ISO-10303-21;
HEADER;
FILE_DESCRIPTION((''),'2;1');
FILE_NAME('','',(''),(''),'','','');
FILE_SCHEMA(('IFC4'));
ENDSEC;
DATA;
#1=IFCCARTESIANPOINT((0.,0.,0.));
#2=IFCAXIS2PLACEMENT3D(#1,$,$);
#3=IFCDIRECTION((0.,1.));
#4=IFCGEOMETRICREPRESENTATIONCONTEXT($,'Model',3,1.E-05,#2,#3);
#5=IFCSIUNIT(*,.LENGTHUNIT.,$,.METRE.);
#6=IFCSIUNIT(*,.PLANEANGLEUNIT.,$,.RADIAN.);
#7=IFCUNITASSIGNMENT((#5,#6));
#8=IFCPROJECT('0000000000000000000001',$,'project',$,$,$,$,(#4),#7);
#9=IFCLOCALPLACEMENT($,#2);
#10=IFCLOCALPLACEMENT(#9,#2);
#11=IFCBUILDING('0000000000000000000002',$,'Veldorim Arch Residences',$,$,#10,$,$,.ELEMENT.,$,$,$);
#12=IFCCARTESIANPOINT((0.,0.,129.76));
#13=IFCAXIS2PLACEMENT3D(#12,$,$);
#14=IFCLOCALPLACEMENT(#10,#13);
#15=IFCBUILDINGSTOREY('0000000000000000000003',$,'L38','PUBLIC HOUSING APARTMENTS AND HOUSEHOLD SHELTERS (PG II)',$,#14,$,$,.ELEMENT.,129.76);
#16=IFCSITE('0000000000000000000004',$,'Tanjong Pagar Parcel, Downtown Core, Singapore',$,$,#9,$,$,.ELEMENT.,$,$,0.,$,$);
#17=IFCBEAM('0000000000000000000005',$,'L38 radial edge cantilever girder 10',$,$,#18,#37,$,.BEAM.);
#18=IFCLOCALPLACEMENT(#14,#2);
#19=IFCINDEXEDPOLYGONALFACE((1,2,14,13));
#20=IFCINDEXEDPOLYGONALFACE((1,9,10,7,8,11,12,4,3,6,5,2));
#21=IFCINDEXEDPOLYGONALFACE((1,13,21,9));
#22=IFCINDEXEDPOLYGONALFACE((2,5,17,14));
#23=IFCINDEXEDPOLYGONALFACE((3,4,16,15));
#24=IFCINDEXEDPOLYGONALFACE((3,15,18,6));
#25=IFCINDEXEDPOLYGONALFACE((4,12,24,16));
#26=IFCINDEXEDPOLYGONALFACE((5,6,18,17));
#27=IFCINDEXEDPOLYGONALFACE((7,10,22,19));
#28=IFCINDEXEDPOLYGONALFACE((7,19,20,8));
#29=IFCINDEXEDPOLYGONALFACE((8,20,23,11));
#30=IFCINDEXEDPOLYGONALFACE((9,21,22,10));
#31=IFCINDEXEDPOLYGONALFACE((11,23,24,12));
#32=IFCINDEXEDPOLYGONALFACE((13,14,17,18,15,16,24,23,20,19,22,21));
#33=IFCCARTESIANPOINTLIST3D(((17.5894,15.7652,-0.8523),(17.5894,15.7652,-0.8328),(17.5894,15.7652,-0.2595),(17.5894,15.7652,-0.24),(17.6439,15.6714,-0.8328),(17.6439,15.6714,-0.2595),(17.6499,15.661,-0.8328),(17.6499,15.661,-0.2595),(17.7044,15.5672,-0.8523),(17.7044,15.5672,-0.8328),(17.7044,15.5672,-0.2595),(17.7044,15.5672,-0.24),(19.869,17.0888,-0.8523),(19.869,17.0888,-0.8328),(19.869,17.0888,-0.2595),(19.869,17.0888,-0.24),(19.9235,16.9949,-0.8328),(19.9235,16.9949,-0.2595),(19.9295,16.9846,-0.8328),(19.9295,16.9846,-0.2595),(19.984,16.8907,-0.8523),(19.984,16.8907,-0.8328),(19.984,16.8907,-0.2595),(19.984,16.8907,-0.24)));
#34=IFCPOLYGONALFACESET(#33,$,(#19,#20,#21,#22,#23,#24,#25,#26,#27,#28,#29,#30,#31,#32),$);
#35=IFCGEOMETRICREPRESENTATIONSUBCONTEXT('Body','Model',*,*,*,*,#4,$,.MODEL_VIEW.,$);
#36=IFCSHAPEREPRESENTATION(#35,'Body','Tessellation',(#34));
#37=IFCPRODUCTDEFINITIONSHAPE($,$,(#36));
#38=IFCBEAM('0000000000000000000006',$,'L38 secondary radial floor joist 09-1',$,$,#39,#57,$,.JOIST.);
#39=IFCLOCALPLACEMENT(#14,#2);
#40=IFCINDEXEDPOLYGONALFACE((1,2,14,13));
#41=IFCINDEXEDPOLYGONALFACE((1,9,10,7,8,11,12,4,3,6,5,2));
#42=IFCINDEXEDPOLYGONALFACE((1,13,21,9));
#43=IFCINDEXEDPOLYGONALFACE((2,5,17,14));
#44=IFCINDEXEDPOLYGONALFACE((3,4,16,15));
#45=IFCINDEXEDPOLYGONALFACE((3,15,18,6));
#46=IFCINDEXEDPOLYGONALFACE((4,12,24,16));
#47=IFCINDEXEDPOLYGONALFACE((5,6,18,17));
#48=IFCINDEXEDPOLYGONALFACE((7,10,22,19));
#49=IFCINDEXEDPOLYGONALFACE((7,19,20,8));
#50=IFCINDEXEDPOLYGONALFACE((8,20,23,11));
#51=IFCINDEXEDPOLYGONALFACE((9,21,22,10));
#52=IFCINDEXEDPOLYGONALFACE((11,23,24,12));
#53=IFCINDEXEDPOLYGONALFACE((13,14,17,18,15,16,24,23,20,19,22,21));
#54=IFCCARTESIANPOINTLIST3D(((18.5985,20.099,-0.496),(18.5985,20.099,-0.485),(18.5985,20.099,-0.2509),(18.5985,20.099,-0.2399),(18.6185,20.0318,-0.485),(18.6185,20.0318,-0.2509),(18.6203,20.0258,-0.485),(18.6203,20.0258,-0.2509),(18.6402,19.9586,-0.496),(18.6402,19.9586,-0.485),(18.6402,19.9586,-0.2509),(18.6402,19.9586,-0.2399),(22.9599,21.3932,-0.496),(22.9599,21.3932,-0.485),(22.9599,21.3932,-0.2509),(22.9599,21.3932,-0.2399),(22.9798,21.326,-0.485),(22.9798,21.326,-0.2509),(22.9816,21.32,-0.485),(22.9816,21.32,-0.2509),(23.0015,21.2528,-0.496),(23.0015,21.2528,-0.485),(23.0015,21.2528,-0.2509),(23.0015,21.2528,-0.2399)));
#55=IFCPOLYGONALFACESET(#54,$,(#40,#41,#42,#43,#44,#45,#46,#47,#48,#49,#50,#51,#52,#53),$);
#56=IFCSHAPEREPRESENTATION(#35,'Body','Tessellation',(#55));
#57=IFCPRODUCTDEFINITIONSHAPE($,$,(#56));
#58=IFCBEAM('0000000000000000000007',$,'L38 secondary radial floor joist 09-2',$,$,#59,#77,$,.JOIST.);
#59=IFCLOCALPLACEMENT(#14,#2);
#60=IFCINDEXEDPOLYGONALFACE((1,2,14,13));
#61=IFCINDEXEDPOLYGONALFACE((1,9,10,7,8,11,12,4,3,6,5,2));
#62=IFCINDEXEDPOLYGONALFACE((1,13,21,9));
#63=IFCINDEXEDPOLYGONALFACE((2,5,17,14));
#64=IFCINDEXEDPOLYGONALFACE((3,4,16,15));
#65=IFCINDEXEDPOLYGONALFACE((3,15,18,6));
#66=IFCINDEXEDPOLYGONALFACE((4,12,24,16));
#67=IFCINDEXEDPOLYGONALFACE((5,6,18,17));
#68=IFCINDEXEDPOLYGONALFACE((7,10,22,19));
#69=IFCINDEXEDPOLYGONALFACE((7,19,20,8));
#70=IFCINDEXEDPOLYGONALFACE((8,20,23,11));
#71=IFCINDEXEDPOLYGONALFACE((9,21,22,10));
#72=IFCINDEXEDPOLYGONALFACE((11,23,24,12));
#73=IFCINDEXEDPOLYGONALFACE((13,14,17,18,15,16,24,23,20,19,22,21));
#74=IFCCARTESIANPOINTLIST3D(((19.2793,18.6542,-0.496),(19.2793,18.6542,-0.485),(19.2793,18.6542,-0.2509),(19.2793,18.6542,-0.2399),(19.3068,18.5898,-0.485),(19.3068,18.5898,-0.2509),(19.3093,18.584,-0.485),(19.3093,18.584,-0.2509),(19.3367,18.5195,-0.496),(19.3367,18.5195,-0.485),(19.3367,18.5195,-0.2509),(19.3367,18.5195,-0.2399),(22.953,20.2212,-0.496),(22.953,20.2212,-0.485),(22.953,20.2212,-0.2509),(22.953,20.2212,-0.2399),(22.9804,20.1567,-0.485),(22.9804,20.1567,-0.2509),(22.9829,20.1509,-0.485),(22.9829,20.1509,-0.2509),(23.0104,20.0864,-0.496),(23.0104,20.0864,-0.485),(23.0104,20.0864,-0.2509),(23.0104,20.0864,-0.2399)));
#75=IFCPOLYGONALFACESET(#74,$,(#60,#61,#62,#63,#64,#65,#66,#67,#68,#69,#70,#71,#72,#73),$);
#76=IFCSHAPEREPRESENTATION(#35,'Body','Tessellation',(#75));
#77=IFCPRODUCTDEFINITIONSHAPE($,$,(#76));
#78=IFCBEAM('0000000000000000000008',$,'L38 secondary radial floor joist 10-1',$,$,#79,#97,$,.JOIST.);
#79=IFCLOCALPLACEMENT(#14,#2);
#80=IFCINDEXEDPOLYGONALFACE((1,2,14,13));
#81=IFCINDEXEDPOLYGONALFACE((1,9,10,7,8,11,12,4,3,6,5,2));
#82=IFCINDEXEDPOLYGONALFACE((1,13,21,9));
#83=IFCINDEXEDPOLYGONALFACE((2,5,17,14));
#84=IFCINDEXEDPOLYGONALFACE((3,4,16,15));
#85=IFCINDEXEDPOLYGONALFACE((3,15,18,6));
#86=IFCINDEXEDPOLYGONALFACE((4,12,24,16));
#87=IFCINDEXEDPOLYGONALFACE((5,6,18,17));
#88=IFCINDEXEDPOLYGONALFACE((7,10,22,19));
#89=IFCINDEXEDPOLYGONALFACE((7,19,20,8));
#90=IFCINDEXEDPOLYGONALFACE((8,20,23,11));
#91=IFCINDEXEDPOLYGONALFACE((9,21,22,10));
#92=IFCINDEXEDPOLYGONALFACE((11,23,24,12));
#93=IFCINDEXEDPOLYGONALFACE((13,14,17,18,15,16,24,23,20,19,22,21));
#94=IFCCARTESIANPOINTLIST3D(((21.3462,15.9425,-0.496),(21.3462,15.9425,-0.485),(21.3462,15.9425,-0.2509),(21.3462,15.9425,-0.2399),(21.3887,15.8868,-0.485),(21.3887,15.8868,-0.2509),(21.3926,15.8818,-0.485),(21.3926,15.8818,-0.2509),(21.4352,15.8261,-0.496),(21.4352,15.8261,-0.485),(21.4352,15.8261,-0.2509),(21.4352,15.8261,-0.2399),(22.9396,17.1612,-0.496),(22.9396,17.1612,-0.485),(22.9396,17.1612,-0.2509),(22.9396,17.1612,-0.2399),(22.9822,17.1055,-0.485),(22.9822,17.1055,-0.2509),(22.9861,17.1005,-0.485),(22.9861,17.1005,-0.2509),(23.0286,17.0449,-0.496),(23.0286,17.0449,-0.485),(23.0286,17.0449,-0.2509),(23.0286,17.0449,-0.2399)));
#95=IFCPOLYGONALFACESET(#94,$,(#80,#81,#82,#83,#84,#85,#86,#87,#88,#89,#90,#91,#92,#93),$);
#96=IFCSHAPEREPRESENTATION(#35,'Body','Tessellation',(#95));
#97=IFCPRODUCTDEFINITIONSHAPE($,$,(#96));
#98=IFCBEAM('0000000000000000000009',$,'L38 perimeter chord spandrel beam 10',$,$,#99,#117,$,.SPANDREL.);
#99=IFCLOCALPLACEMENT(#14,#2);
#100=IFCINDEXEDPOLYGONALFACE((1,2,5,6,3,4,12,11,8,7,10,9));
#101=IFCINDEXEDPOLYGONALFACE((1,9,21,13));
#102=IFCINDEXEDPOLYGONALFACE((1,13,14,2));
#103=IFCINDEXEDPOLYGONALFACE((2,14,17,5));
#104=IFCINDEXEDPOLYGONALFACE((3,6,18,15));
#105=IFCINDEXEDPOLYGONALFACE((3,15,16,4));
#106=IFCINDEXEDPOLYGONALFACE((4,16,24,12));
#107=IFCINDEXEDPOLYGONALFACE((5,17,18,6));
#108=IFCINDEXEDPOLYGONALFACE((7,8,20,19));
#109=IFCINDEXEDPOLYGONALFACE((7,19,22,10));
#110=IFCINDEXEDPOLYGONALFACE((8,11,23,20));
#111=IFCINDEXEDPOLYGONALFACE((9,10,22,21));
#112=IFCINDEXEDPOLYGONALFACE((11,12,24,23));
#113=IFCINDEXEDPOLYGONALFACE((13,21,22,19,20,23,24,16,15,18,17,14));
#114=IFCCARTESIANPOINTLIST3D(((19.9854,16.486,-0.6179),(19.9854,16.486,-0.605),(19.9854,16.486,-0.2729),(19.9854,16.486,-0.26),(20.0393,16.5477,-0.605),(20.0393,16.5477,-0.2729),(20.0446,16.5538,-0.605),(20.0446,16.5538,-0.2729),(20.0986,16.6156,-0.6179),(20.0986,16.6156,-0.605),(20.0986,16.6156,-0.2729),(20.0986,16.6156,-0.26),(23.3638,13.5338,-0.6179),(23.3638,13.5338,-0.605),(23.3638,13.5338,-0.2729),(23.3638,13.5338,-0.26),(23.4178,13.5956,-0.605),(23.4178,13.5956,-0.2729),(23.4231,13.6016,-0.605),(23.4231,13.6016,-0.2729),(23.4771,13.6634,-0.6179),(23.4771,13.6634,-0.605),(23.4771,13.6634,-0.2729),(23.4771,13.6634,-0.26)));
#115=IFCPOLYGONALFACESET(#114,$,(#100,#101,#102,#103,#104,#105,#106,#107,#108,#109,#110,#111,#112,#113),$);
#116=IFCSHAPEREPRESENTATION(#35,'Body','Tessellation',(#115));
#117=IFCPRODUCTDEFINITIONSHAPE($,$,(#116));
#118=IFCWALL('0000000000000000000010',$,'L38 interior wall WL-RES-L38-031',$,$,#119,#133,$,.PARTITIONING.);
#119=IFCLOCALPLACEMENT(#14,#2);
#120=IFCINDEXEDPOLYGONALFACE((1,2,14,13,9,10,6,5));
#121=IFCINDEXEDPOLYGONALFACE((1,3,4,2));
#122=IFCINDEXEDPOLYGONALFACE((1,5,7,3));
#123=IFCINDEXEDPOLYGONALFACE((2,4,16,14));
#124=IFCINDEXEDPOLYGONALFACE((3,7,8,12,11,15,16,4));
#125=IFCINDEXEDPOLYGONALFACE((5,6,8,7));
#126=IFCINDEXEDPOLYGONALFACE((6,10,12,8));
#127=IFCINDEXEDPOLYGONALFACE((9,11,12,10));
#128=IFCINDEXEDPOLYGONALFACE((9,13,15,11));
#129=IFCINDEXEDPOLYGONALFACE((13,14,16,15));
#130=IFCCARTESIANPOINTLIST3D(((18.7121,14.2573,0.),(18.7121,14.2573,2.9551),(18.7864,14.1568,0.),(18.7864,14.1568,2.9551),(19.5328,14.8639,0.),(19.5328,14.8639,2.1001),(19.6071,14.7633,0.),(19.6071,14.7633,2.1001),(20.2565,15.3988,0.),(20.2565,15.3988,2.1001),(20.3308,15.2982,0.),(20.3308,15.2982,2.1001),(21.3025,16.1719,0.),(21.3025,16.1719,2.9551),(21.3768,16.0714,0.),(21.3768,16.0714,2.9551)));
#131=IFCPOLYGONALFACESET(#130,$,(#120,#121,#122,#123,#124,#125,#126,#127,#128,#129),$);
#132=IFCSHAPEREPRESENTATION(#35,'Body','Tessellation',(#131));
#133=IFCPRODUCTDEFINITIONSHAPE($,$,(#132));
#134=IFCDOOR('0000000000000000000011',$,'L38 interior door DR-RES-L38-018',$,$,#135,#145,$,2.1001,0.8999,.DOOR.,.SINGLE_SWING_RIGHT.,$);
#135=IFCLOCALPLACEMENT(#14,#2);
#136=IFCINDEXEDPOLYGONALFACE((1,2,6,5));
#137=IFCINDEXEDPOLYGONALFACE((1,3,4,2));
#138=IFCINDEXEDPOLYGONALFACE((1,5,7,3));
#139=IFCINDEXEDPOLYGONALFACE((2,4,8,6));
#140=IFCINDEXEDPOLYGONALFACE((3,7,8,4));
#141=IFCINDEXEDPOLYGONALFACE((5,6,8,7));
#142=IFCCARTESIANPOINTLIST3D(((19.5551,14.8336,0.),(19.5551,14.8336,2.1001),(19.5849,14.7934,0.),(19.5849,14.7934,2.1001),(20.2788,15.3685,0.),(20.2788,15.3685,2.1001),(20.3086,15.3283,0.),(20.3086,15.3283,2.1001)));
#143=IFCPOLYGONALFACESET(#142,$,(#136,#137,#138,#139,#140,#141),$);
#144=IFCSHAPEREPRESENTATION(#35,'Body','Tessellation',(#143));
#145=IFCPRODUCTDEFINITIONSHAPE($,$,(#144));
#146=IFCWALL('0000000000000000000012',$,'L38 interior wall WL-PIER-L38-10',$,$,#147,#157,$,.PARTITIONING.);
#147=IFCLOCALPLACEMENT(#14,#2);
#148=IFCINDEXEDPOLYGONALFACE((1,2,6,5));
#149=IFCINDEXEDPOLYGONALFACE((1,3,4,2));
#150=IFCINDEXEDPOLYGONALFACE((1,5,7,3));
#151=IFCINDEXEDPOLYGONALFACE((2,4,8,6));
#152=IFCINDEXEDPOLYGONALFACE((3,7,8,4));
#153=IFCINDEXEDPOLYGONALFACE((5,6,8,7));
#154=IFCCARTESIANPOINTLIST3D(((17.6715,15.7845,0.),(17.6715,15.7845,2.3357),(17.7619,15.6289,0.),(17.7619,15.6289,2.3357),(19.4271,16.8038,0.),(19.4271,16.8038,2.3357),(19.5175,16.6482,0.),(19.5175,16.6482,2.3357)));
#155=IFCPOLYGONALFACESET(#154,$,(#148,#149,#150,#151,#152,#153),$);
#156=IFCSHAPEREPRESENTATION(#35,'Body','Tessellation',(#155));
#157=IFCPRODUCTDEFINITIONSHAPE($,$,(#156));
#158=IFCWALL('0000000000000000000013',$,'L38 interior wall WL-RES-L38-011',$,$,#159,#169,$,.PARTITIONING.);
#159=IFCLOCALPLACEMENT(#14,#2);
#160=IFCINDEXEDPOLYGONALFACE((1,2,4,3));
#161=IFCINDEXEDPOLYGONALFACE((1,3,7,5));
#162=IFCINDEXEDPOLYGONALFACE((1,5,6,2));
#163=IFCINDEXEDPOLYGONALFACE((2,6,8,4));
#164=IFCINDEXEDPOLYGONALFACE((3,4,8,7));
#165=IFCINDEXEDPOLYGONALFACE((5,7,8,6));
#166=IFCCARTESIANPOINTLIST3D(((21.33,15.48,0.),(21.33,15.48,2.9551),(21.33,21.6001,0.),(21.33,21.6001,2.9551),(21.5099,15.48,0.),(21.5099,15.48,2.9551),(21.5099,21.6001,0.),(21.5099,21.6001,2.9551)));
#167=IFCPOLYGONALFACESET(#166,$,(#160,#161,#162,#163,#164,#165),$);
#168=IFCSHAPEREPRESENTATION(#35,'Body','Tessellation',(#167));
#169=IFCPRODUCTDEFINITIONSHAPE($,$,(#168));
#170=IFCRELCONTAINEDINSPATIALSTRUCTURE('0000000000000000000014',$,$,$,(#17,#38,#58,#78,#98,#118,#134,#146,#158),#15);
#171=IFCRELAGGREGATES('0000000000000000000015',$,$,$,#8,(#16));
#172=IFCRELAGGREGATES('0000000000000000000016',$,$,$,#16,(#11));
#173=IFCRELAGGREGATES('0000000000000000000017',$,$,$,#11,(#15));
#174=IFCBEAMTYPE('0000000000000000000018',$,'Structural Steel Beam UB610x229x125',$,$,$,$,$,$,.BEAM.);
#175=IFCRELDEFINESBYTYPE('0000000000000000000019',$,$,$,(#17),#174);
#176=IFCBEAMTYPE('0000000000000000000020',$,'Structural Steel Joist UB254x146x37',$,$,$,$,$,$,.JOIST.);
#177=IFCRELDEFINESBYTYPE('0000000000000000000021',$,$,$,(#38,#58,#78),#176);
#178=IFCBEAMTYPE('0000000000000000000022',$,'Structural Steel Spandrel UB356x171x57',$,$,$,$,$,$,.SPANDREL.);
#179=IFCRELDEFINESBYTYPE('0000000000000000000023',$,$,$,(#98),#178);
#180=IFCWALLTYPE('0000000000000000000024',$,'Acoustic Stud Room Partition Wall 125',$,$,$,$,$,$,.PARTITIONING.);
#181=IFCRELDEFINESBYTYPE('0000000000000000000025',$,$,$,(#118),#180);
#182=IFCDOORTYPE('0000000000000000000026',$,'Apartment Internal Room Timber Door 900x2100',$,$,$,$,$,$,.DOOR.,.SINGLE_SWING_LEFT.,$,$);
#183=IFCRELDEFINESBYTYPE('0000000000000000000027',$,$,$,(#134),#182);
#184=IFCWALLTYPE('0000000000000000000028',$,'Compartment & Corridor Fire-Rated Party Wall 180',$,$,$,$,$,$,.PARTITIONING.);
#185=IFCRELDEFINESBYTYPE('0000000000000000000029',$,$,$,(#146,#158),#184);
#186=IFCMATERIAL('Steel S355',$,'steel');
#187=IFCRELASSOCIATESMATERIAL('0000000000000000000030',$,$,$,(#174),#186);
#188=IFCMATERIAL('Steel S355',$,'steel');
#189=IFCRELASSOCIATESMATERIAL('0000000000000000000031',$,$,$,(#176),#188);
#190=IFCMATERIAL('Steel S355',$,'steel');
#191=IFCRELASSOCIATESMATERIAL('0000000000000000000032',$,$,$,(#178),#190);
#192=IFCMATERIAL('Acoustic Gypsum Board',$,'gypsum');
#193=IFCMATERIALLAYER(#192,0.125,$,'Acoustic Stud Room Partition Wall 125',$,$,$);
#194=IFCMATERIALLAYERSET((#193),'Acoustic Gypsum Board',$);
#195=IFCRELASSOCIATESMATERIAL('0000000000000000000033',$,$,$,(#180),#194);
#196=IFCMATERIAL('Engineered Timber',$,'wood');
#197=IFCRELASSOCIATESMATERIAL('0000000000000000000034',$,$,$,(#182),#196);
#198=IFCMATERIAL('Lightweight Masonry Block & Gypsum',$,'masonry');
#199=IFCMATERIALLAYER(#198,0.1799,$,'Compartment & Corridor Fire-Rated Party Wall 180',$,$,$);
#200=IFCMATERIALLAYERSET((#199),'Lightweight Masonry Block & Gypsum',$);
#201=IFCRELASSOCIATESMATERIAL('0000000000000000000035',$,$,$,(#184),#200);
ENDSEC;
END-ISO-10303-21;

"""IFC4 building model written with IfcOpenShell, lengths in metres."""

from ifc_helpers import new_model, si_unit, direction, frame, frame_2d, origin, origin_2d, place, context, subcontext, project, spatial, rectangle, i_section, extrude, material, layer, layer_set, material_profile, profile_set, type_object, element, fill, save


model = new_model("IFC4")

# Units and contexts
model_context = context("Model", 3, precision=1e-05, world=origin(), true_north=direction((0.0, 1.0)))
body_context = subcontext(model_context, "Body", "Model", "MODEL_VIEW")
ifc_project = project(units=[si_unit("LENGTHUNIT", "METRE"), si_unit("PLANEANGLEUNIT", "RADIAN")], contexts=[model_context])

# Site, building, storey
site_placement = place(None, origin())
site = spatial("IfcSite", under=ifc_project, at=site_placement, Name="Tanjong Pagar Parcel, Downtown Core, Singapore", CompositionType="ELEMENT", RefElevation=0.0)
building_placement = place(site_placement, origin())
building = spatial("IfcBuilding", under=site, at=building_placement, Name="Veldorim Arch Residences", CompositionType="ELEMENT")
storey_placement = place(building_placement, frame((0.0, 0.0, 129.76)))
storey = spatial("IfcBuildingStorey", under=building, at=storey_placement, Name="L38", Description="PUBLIC HOUSING APARTMENTS AND HOUSEHOLD SHELTERS (PG II)", CompositionType="ELEMENT", Elevation=129.76)

# Beams
ifc_material_1 = material(Name="Steel S355", Category="steel")
ifc_material_profile_1 = material_profile(ifc_material_1, i_section(OverallWidth=0.229, OverallDepth=0.6123, WebThickness=0.012, FlangeThickness=0.0195, at=origin_2d()), Name="UB610x229x125")
ifc_profile_set_1 = profile_set([ifc_material_profile_1], Name="Steel S355")
beam_type_1 = type_object("IfcBeamType", Name="Structural Steel Beam UB610x229x125", PredefinedType="BEAM", material=ifc_profile_set_1)
beam_1_placement = place(storey_placement, frame((19.9265, 16.9897, -0.5461), z_axis=(-0.864808, -0.502102, 0.0), x_axis=(0.502102, -0.864808, 0.0)))
element("IfcBeam", 1, at=beam_1_placement, inside=storey, type_object=beam_type_1, Name="L38 radial edge cantilever girder 10", PredefinedType="BEAM", context=body_context, shape_type="SweptSolid", body=[
    extrude(i_section(OverallWidth=0.229, OverallDepth=0.6123, WebThickness=0.012, FlangeThickness=0.0195, at=origin_2d()), origin(), (0.0, 0.0, 1.0), 2.636),
])
ifc_material_2 = material(Name="Steel S355", Category="steel")
ifc_material_profile_2 = material_profile(ifc_material_2, i_section(OverallWidth=0.1465, OverallDepth=0.2561, WebThickness=0.0063, FlangeThickness=0.011, at=origin_2d()), Name="UB254x146x37")
ifc_profile_set_2 = profile_set([ifc_material_profile_2], Name="Steel S355")
beam_type_2 = type_object("IfcBeamType", Name="Structural Steel Joist UB254x146x37", PredefinedType="JOIST", material=ifc_profile_set_2)
beam_2_placement = place(storey_placement, frame((22.9807, 21.323, -0.3679), z_axis=(-0.958682, -0.284481, 0.0), x_axis=(0.284481, -0.958682, 0.0)))
element("IfcBeam", 2, at=beam_2_placement, inside=storey, type_object=beam_type_2, Name="L38 secondary radial floor joist 09-1", PredefinedType="JOIST", context=body_context, shape_type="SweptSolid", body=[
    extrude(i_section(OverallWidth=0.1465, OverallDepth=0.2561, WebThickness=0.0063, FlangeThickness=0.011, at=origin_2d()), origin(), (0.0, 0.0, 1.0), 4.5493),
])
beam_3_placement = place(storey_placement, frame((22.9817, 20.1538, -0.3679), z_axis=(-0.919823, -0.392332, 0.0), x_axis=(0.392332, -0.919823, 0.0)))
element("IfcBeam", 3, at=beam_3_placement, inside=storey, type_object=beam_type_2, Name="L38 secondary radial floor joist 09-2", PredefinedType="JOIST", context=body_context, shape_type="SweptSolid", body=[
    extrude(i_section(OverallWidth=0.1465, OverallDepth=0.2561, WebThickness=0.0063, FlangeThickness=0.011, at=origin_2d()), origin(), (0.0, 0.0, 1.0), 3.9939),
])
beam_4_placement = place(storey_placement, frame((22.9841, 17.103, -0.3679), z_axis=(-0.794313, -0.607509, 0.0), x_axis=(0.607509, -0.794313, 0.0)))
element("IfcBeam", 4, at=beam_4_placement, inside=storey, type_object=beam_type_2, Name="L38 secondary radial floor joist 10-1", PredefinedType="JOIST", context=body_context, shape_type="SweptSolid", body=[
    extrude(i_section(OverallWidth=0.1465, OverallDepth=0.2561, WebThickness=0.0063, FlangeThickness=0.011, at=origin_2d()), origin(), (0.0, 0.0, 1.0), 2.0061),
])
ifc_material_3 = material(Name="Steel S355", Category="steel")
ifc_material_profile_3 = material_profile(ifc_material_3, i_section(OverallWidth=0.1721, OverallDepth=0.3579, WebThickness=0.0081, FlangeThickness=0.0129, at=origin_2d()), Name="UB356x171x57")
ifc_profile_set_3 = profile_set([ifc_material_profile_3], Name="Steel S355")
beam_type_3 = type_object("IfcBeamType", Name="Structural Steel Spandrel UB356x171x57", PredefinedType="SPANDREL", material=ifc_profile_set_3)
beam_5_placement = place(storey_placement, frame((20.042, 16.5508, -0.439), z_axis=(0.753015, -0.658004, 0.0), x_axis=(0.658004, 0.753015, 0.0)))
element("IfcBeam", 5, at=beam_5_placement, inside=storey, type_object=beam_type_3, Name="L38 perimeter chord spandrel beam 10", PredefinedType="SPANDREL", context=body_context, shape_type="SweptSolid", body=[
    extrude(i_section(OverallWidth=0.1721, OverallDepth=0.3579, WebThickness=0.0081, FlangeThickness=0.0129, at=origin_2d()), origin(), (0.0, 0.0, 1.0), 4.4866),
])

# Wall, opening, door
ifc_material_4 = material(Name="Acoustic Gypsum Board", Category="gypsum")
ifc_layer_1 = layer(ifc_material_4, 0.125, Name="Acoustic Stud Room Partition Wall 125")
ifc_layer_set_1 = layer_set([ifc_layer_1], Name="Acoustic Gypsum Board")
wall_type_1 = type_object("IfcWallType", Name="Acoustic Stud Room Partition Wall 125", PredefinedType="PARTITIONING", material=ifc_layer_set_1)
wall_1_placement = place(storey_placement, frame((18.7493, 14.207, 0.0), z_axis=(0.0, 0.0, 1.0), x_axis=(0.804182, 0.594383, 0.0)))
wall_1 = element("IfcWall", 6, at=wall_1_placement, inside=storey, type_object=wall_type_1, Name="L38 interior wall WL-RES-L38-031", PredefinedType="PARTITIONING", context=body_context, shape_type="SweptSolid", body=[
    extrude(rectangle(XDim=3.2212, YDim=0.125, at=frame_2d((1.6106, 0.0))), origin(), (0.0, 0.0, 1.0), 2.9551),
])
opening_1_placement = place(wall_1_placement, frame((1.0205, 0.0, 0.0)))
opening_1 = element("IfcOpeningElement", 7, at=opening_1_placement, cuts=wall_1, PredefinedType="OPENING", context=body_context, shape_type="SweptSolid", body=[
    extrude(rectangle(XDim=0.8999, YDim=2.1001, at=frame_2d((0.45, 1.05))), frame((0.0, 0.0725, 0.0), z_axis=(0.0, -1.0, 0.0), x_axis=(1.0, 0.0, 0.0)), (0.0, 0.0, 1.0), 0.145),
])
ifc_material_5 = material(Name="Engineered Timber", Category="wood")
door_type_1 = type_object("IfcDoorType", Name="Apartment Internal Room Timber Door 900x2100", OperationType="SINGLE_SWING_LEFT", PredefinedType="DOOR", material=ifc_material_5)
door_1_placement = place(opening_1_placement, origin())
door_1 = element("IfcDoor", 8, at=door_1_placement, inside=storey, type_object=door_type_1, Name="L38 interior door DR-RES-L38-018", OperationType="SINGLE_SWING_RIGHT", OverallHeight=2.1001, OverallWidth=0.8999, PredefinedType="DOOR", context=body_context, shape_type="SweptSolid", body=[
    extrude(rectangle(XDim=0.8999, YDim=2.1001, at=frame_2d((0.45, 1.05))), frame((0.0, 0.0249, 0.0), z_axis=(0.0, -1.0, 0.0), x_axis=(1.0, 0.0, 0.0)), (0.0, 0.0, 1.0), 0.05),
])
fill(opening_1, door_1)

# Walls
ifc_material_6 = material(Name="Lightweight Masonry Block & Gypsum", Category="masonry")
ifc_layer_2 = layer(ifc_material_6, 0.1799, Name="Compartment & Corridor Fire-Rated Party Wall 180")
ifc_layer_set_2 = layer_set([ifc_layer_2], Name="Lightweight Masonry Block & Gypsum")
wall_type_2 = type_object("IfcWallType", Name="Compartment & Corridor Fire-Rated Party Wall 180", PredefinedType="PARTITIONING", material=ifc_layer_set_2)
wall_2_placement = place(storey_placement, frame((19.4724, 16.7261, 0.0), z_axis=(0.0, 0.0, 1.0), x_axis=(-0.864811, -0.502098, 0.0)))
element("IfcWall", 9, at=wall_2_placement, inside=storey, type_object=wall_type_2, Name="L38 interior wall WL-PIER-L38-10", PredefinedType="PARTITIONING", context=body_context, shape_type="SweptSolid", body=[
    extrude(rectangle(XDim=2.03, YDim=0.1799, at=frame_2d((1.0151, 0.0))), origin(), (0.0, 0.0, 1.0), 2.3357),
])
wall_3_placement = place(storey_placement, frame((21.4199, 15.48, 0.0), z_axis=(0.0, 0.0, 1.0), x_axis=(0.0, 1.0, 0.0)))
element("IfcWall", 10, at=wall_3_placement, inside=storey, type_object=wall_type_2, Name="L38 interior wall WL-RES-L38-011", PredefinedType="PARTITIONING", context=body_context, shape_type="SweptSolid", body=[
    extrude(rectangle(XDim=6.1201, YDim=0.1799, at=frame_2d((3.0601, 0.0))), origin(), (0.0, 0.0, 1.0), 2.9551),
])

save(model, "model.ifc")
